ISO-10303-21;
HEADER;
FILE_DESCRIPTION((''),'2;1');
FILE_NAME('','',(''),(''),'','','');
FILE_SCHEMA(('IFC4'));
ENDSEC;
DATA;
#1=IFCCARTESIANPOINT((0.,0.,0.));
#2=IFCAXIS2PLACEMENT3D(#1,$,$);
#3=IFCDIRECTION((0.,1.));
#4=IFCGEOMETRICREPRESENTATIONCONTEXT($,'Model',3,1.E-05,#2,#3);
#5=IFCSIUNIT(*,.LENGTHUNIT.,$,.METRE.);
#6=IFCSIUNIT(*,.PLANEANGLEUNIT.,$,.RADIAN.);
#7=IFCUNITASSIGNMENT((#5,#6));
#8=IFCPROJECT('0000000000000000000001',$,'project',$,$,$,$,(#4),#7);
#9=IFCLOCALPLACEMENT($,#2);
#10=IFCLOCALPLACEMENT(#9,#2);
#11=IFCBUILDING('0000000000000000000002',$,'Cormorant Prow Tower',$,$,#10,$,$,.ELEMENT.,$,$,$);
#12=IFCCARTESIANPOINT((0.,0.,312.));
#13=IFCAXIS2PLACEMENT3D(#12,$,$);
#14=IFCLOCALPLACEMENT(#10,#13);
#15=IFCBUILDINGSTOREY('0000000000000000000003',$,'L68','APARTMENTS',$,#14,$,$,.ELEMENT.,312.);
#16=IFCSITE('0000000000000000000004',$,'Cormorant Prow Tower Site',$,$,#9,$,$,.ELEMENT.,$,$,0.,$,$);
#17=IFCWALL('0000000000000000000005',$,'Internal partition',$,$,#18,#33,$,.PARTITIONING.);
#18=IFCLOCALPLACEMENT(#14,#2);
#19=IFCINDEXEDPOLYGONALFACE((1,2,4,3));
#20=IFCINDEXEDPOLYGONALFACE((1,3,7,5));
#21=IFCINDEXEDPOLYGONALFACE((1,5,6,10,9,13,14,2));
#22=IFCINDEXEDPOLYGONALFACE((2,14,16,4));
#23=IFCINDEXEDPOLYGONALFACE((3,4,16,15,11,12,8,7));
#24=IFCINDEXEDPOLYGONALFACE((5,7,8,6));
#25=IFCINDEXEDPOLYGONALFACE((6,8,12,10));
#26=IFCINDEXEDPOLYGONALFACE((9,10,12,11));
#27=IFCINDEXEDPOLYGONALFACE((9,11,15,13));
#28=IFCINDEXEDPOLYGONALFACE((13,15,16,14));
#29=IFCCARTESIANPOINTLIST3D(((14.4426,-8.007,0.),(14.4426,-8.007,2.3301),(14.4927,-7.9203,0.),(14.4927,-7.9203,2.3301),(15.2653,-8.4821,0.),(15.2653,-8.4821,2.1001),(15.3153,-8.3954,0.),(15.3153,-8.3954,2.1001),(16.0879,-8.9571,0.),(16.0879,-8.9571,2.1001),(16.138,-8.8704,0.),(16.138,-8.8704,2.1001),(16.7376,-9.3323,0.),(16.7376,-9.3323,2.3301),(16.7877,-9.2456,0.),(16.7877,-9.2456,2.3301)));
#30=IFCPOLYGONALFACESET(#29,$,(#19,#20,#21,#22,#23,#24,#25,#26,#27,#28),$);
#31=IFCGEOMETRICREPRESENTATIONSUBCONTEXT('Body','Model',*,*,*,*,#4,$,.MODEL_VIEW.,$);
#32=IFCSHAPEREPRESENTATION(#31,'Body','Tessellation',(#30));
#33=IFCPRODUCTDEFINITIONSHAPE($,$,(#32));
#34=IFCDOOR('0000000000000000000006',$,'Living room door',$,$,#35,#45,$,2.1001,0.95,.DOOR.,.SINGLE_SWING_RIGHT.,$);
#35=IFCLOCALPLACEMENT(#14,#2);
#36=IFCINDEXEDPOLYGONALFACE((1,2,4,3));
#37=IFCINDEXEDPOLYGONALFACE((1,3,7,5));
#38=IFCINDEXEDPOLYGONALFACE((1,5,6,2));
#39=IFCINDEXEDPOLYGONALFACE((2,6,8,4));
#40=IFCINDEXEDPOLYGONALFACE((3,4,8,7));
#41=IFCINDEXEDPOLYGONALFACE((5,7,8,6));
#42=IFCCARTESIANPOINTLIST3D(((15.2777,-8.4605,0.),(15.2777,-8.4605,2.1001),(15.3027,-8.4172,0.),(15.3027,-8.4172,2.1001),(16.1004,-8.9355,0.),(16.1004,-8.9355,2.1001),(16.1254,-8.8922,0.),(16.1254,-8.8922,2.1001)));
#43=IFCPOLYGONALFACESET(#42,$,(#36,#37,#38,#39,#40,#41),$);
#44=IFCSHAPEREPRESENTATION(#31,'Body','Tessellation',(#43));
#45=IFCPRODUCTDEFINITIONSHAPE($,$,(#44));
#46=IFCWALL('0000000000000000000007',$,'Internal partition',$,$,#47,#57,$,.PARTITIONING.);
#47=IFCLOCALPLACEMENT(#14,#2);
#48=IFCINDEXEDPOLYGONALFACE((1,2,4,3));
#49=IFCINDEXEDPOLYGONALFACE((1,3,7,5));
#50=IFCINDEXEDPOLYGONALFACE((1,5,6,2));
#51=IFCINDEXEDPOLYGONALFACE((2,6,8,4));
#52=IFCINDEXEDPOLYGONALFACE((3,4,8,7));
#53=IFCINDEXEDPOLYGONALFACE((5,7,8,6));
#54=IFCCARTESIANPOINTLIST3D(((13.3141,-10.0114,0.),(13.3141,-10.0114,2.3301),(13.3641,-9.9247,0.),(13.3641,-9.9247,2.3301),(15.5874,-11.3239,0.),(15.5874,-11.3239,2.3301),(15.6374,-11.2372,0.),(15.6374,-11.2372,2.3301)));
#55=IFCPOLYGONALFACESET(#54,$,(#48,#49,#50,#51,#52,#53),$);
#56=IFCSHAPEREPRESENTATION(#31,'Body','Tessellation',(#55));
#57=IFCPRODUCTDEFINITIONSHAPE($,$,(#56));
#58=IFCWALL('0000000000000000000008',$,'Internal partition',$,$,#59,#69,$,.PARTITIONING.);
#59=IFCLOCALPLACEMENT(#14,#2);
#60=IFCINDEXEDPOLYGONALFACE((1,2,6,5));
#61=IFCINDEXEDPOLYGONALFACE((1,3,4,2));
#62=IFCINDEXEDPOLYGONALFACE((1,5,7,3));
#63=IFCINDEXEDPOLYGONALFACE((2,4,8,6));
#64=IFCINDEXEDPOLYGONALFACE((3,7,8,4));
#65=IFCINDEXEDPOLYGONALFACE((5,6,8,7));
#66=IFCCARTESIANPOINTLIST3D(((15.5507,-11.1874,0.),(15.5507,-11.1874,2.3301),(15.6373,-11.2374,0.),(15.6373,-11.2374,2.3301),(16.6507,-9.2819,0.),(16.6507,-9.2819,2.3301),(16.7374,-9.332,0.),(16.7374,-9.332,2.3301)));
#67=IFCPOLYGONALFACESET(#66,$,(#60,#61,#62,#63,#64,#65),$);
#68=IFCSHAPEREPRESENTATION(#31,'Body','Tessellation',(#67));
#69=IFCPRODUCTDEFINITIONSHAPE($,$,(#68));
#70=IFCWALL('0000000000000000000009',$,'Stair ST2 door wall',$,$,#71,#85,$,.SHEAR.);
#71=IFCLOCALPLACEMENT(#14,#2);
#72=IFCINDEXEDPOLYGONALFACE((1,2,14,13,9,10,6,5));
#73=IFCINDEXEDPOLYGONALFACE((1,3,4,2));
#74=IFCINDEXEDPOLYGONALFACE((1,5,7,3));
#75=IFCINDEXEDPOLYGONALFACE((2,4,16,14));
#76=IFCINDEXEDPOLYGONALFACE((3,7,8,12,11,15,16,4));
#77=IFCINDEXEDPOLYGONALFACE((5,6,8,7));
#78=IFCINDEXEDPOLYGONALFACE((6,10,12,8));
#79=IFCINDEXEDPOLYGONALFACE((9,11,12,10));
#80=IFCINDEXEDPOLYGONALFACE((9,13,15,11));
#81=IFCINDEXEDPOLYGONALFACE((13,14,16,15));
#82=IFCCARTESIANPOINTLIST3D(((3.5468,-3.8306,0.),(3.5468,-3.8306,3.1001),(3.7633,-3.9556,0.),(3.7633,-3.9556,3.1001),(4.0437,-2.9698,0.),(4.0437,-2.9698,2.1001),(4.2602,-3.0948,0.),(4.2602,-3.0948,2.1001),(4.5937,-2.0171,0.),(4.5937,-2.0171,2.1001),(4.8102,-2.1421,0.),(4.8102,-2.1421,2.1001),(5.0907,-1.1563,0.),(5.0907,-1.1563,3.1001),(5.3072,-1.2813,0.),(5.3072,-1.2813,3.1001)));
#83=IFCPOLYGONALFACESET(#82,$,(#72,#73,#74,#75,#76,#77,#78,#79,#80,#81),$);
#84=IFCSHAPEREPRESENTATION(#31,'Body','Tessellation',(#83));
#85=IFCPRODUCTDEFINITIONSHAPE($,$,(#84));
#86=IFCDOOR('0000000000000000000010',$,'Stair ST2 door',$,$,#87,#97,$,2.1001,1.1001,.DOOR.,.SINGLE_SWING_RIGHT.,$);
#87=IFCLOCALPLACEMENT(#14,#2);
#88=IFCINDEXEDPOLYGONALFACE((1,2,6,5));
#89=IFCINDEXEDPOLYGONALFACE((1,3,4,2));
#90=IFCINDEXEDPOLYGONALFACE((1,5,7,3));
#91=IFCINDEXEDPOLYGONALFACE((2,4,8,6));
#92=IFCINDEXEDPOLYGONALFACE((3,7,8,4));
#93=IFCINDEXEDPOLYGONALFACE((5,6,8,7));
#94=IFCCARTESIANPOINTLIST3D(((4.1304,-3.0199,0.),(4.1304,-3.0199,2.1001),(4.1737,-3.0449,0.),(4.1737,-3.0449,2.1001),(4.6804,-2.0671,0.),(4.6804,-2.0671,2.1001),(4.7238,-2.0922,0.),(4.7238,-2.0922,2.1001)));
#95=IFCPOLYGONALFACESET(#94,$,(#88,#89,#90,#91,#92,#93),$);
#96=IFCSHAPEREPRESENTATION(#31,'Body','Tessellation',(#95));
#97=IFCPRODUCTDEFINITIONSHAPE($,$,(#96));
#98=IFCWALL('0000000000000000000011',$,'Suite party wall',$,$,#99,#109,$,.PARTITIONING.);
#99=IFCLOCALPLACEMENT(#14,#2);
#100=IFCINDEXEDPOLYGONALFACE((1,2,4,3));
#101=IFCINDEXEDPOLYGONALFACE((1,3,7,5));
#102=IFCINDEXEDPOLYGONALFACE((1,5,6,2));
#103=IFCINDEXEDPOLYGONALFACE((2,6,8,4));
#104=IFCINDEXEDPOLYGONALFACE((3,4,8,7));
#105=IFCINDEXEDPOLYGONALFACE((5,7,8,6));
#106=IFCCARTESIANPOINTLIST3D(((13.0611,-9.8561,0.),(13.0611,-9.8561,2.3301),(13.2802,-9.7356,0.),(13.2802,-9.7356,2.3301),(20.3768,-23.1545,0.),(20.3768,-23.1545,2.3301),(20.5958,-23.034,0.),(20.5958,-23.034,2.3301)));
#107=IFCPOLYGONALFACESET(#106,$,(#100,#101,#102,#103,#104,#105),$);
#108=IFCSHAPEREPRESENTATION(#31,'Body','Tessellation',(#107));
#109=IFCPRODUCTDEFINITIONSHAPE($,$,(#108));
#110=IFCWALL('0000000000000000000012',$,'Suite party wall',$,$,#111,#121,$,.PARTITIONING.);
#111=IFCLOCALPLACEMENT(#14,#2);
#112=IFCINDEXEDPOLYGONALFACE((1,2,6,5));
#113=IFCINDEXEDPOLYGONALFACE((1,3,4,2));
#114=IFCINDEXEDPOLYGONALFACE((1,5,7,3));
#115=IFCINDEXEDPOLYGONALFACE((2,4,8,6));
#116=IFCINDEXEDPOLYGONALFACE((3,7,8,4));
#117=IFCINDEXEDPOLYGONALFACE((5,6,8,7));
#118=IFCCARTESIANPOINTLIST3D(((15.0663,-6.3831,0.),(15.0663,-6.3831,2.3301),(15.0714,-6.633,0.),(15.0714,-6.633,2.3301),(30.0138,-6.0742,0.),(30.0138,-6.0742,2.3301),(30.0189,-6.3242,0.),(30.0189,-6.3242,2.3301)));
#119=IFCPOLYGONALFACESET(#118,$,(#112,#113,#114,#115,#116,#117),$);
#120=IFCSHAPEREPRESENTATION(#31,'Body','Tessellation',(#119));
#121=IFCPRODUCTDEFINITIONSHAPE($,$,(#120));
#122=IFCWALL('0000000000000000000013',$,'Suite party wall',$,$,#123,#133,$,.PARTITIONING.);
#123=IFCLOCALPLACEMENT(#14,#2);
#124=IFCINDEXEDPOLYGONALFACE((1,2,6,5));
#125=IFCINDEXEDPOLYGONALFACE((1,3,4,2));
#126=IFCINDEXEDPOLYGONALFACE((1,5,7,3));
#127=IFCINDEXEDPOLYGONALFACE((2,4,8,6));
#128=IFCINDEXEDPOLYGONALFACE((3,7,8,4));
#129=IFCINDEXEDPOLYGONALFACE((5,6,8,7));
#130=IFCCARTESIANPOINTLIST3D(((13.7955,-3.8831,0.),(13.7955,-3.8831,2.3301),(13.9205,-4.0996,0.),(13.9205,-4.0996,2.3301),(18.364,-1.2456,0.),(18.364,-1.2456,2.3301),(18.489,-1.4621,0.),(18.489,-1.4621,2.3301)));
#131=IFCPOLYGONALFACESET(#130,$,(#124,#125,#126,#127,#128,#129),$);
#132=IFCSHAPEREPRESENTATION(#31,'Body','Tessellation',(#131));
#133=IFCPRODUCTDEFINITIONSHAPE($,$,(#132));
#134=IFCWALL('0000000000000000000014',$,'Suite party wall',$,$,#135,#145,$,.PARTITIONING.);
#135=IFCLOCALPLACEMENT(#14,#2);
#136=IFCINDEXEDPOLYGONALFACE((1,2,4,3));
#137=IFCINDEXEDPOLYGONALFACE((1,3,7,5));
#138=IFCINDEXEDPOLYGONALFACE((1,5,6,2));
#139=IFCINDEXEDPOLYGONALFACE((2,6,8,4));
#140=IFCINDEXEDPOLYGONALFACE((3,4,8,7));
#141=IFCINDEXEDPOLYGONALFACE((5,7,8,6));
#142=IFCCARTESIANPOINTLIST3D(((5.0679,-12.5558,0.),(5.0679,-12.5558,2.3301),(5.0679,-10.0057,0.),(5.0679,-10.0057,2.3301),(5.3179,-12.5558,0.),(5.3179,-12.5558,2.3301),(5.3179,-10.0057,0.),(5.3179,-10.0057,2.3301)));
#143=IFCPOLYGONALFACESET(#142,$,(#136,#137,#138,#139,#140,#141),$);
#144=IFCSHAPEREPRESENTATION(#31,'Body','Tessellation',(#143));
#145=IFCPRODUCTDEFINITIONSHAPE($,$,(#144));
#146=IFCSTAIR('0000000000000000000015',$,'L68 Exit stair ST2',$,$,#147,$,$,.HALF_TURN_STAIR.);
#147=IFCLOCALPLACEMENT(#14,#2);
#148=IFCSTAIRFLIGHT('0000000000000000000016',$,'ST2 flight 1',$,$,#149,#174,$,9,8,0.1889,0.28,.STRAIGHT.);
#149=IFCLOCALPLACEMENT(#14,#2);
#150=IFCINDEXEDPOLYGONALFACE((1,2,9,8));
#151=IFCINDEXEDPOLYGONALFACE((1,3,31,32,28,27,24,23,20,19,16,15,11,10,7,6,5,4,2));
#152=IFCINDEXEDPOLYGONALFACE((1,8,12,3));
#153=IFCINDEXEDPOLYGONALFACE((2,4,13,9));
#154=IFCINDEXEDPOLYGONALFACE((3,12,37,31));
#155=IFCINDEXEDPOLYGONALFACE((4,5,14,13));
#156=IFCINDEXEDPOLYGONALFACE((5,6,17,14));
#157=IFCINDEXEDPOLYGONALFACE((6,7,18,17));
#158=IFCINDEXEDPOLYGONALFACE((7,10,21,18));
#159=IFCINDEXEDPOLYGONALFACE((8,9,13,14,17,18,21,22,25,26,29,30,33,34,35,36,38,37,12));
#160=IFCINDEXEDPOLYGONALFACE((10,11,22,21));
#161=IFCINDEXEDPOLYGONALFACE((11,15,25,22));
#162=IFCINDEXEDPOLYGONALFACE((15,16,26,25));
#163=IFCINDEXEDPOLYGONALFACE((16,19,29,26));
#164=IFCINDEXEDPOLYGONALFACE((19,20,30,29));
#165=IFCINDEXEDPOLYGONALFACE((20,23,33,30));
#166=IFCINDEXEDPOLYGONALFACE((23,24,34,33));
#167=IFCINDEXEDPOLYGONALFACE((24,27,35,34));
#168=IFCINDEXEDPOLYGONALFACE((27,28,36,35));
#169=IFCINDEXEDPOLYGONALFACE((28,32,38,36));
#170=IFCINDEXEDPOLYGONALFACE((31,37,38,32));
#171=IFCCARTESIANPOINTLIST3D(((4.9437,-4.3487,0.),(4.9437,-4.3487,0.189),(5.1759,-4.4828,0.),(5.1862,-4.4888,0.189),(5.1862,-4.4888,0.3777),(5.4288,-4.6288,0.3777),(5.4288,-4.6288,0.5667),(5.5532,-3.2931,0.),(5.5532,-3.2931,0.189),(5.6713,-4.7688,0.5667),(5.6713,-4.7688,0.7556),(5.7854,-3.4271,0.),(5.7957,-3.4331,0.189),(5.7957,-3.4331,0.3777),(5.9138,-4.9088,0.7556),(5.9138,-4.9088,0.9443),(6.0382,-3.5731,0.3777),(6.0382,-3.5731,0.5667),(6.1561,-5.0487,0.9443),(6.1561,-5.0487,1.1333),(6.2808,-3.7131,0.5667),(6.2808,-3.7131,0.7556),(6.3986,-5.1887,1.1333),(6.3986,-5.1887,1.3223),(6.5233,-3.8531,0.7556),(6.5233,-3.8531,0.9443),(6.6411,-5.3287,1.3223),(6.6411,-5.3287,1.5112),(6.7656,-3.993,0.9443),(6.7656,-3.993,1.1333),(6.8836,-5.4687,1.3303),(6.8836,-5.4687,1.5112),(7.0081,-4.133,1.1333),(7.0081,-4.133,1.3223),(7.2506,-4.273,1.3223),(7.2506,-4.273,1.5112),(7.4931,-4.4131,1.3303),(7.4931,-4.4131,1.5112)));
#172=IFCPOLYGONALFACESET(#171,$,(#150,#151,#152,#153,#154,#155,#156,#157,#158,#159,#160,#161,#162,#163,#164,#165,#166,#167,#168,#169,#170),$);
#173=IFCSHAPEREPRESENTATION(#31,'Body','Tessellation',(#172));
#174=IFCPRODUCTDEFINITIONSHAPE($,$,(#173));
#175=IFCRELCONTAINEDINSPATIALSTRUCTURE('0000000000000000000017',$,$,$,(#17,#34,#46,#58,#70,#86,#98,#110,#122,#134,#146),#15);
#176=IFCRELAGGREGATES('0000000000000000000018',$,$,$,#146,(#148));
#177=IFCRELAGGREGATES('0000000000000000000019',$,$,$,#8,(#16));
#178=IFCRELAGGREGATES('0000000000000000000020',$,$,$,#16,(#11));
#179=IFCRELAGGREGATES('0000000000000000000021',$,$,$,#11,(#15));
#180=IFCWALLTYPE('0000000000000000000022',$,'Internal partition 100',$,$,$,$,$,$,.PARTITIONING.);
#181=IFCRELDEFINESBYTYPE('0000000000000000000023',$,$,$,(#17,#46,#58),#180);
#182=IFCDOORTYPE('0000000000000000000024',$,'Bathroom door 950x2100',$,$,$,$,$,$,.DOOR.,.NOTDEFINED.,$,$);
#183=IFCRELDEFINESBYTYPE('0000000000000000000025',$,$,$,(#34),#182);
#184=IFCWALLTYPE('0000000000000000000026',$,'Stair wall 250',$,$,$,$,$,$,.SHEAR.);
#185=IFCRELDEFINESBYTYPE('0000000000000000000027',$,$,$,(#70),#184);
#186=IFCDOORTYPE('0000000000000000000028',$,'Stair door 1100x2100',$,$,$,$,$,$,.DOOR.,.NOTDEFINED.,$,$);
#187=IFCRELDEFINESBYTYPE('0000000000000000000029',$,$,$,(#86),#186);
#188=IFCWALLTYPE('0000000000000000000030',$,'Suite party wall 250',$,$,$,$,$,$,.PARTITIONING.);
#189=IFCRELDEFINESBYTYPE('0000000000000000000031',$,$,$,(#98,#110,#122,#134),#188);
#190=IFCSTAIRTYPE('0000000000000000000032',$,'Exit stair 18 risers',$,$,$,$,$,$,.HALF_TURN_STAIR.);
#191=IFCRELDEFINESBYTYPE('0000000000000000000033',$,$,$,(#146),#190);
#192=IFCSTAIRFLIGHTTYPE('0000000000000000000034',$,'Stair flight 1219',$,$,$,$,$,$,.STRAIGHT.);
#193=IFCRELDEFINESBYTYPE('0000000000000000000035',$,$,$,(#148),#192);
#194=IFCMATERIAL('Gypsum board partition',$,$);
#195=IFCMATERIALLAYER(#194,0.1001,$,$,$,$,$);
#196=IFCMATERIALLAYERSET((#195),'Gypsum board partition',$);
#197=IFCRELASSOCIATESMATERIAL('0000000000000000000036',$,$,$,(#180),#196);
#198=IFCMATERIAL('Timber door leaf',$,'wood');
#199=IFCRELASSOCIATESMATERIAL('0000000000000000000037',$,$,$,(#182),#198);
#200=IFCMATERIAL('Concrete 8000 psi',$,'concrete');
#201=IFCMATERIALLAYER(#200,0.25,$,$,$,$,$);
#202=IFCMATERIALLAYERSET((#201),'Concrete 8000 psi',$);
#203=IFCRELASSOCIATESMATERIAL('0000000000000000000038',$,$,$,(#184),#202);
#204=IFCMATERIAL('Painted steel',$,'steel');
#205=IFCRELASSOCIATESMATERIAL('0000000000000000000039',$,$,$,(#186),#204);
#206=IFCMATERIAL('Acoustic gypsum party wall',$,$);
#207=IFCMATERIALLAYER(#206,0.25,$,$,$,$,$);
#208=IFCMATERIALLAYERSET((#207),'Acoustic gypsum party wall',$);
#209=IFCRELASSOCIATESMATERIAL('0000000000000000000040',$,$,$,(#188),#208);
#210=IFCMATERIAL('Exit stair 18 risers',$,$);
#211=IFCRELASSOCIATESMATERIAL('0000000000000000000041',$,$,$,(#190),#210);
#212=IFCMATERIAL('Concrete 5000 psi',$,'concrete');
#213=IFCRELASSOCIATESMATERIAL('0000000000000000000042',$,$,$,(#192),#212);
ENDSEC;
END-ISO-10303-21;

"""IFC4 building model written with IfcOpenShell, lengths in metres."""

from ifc_helpers import new_model, si_unit, direction, frame, frame_2d, origin, place, context, subcontext, project, spatial, polyline, rectangle, outline, extrude, material, layer, layer_set, type_object, element, fill, aggregate, save


model = new_model("IFC4")

# Units and contexts
model_context = context("Model", 3, precision=1e-05, world=origin(), true_north=direction((0.0, 1.0)))
body_context = subcontext(model_context, "Body", "Model", "MODEL_VIEW")
ifc_project = project(units=[si_unit("LENGTHUNIT", "METRE"), si_unit("PLANEANGLEUNIT", "RADIAN")], contexts=[model_context])

# Site, building, storey
site_placement = place(None, origin())
site = spatial("IfcSite", under=ifc_project, at=site_placement, Name="Cormorant Prow Tower Site", CompositionType="ELEMENT", RefElevation=0.0)
building_placement = place(site_placement, origin())
building = spatial("IfcBuilding", under=site, at=building_placement, Name="Cormorant Prow Tower", CompositionType="ELEMENT")
storey_placement = place(building_placement, frame((0.0, 0.0, 312.0)))
storey = spatial("IfcBuildingStorey", under=building, at=storey_placement, Name="L68", Description="APARTMENTS", CompositionType="ELEMENT", Elevation=312.0)

# Shared definitions
ifc_material_1 = material(Name="Gypsum board partition")
ifc_layer_1 = layer(ifc_material_1, 0.1001)
ifc_layer_set_1 = layer_set([ifc_layer_1], Name="Gypsum board partition")
wall_type_1 = type_object("IfcWallType", Name="Internal partition 100", PredefinedType="PARTITIONING", material=ifc_layer_set_1)

# Wall, opening, door
wall_1_placement = place(storey_placement, frame((14.4675, -7.9636, 0.0), z_axis=(0.0, 0.0, 1.0), x_axis=(0.865989, -0.500063, 0.0)))
wall_1 = element("IfcWall", 1, at=wall_1_placement, inside=storey, type_object=wall_type_1, Name="Internal partition", PredefinedType="PARTITIONING", context=body_context, shape_type="SweptSolid", body=[
    extrude(rectangle(XDim=2.6501, YDim=0.1001, at=frame_2d((1.3252, 0.0))), origin(), (0.0, 0.0, 1.0), 2.3301),
])
opening_1_placement = place(wall_1_placement, frame((0.95, 0.0, 0.0)))
opening_1 = element("IfcOpeningElement", 2, at=opening_1_placement, cuts=wall_1, PredefinedType="OPENING", context=body_context, shape_type="SweptSolid", body=[
    extrude(rectangle(XDim=0.95, YDim=2.1001, at=frame_2d((0.4751, 1.05))), frame((0.0, 0.0601, 0.0), z_axis=(0.0, -1.0, 0.0), x_axis=(1.0, 0.0, 0.0)), (0.0, 0.0, 1.0), 0.1201),
])
ifc_material_2 = material(Name="Timber door leaf", Category="wood")
door_type_1 = type_object("IfcDoorType", Name="Bathroom door 950x2100", OperationType="NOTDEFINED", PredefinedType="DOOR", material=ifc_material_2)
door_1_placement = place(opening_1_placement, origin())
door_1 = element("IfcDoor", 3, at=door_1_placement, inside=storey, type_object=door_type_1, Name="Living room door", OperationType="SINGLE_SWING_RIGHT", OverallHeight=2.1001, OverallWidth=0.95, PredefinedType="DOOR", context=body_context, shape_type="SweptSolid", body=[
    extrude(rectangle(XDim=0.95, YDim=2.1001, at=frame_2d((0.4751, 1.05))), frame((0.0, 0.0249, 0.0), z_axis=(0.0, -1.0, 0.0), x_axis=(1.0, 0.0, 0.0)), (0.0, 0.0, 1.0), 0.05),
])
fill(opening_1, door_1)

# Walls
wall_2_placement = place(storey_placement, frame((13.3391, -9.968, 0.0), z_axis=(0.0, 0.0, 1.0), x_axis=(0.866014, -0.50002, 0.0)))
element("IfcWall", 4, at=wall_2_placement, inside=storey, type_object=wall_type_1, Name="Internal partition", PredefinedType="PARTITIONING", context=body_context, shape_type="SweptSolid", body=[
    extrude(rectangle(XDim=2.625, YDim=0.1001, at=frame_2d((1.3125, 0.0))), origin(), (0.0, 0.0, 1.0), 2.3301),
])
wall_3_placement = place(storey_placement, frame((15.594, -11.2124, 0.0), z_axis=(0.0, 0.0, 1.0), x_axis=(0.499982, 0.866036, 0.0)))
element("IfcWall", 5, at=wall_3_placement, inside=storey, type_object=wall_type_1, Name="Internal partition", PredefinedType="PARTITIONING", context=body_context, shape_type="SweptSolid", body=[
    extrude(rectangle(XDim=2.2002, YDim=0.1001, at=frame_2d((1.1001, 0.0))), origin(), (0.0, 0.0, 1.0), 2.3301),
])

# Wall, opening, door
ifc_material_3 = material(Name="Concrete 8000 psi", Category="concrete")
ifc_layer_2 = layer(ifc_material_3, 0.25)
ifc_layer_set_2 = layer_set([ifc_layer_2], Name="Concrete 8000 psi")
wall_type_2 = type_object("IfcWallType", Name="Stair wall 250", PredefinedType="SHEAR", material=ifc_layer_set_2)
wall_4_placement = place(storey_placement, frame((3.655, -3.8931, 0.0), z_axis=(0.0, 0.0, 1.0), x_axis=(0.499983, 0.866035, 0.0)))
wall_4 = element("IfcWall", 6, at=wall_4_placement, inside=storey, type_object=wall_type_2, Name="Stair ST2 door wall", PredefinedType="SHEAR", context=body_context, shape_type="SweptSolid", body=[
    extrude(rectangle(XDim=3.0879, YDim=0.25, at=frame_2d((1.5439, 0.0))), origin(), (0.0, 0.0, 1.0), 3.1001),
])
opening_2_placement = place(wall_4_placement, frame((0.9939, 0.0, 0.0)))
opening_2 = element("IfcOpeningElement", 7, at=opening_2_placement, cuts=wall_4, PredefinedType="OPENING", context=body_context, shape_type="SweptSolid", body=[
    extrude(rectangle(XDim=1.1001, YDim=2.1001, at=frame_2d((0.55, 1.05))), frame((0.0, 0.135, 0.0), z_axis=(0.0, -1.0, 0.0), x_axis=(1.0, 0.0, 0.0)), (0.0, 0.0, 1.0), 0.27),
])
ifc_material_4 = material(Name="Painted steel", Category="steel")
door_type_2 = type_object("IfcDoorType", Name="Stair door 1100x2100", OperationType="NOTDEFINED", PredefinedType="DOOR", material=ifc_material_4)
door_2_placement = place(opening_2_placement, origin())
door_2 = element("IfcDoor", 8, at=door_2_placement, inside=storey, type_object=door_type_2, Name="Stair ST2 door", OperationType="SINGLE_SWING_RIGHT", OverallHeight=2.1001, OverallWidth=1.1001, PredefinedType="DOOR", context=body_context, shape_type="SweptSolid", body=[
    extrude(rectangle(XDim=1.1001, YDim=2.1001, at=frame_2d((0.55, 1.05))), frame((0.0, 0.0249, 0.0), z_axis=(0.0, -1.0, 0.0), x_axis=(1.0, 0.0, 0.0)), (0.0, 0.0, 1.0), 0.05),
])
fill(opening_2, door_2)

# Walls
ifc_material_5 = material(Name="Acoustic gypsum party wall")
ifc_layer_3 = layer(ifc_material_5, 0.25)
ifc_layer_set_3 = layer_set([ifc_layer_3], Name="Acoustic gypsum party wall")
wall_type_3 = type_object("IfcWallType", Name="Suite party wall 250", PredefinedType="PARTITIONING", material=ifc_layer_set_3)
wall_5_placement = place(storey_placement, frame((13.1707, -9.7959, 0.0), z_axis=(0.0, 0.0, 1.0), x_axis=(0.481999, -0.876172, 0.0)))
element("IfcWall", 9, at=wall_5_placement, inside=storey, type_object=wall_type_3, Name="Suite party wall", PredefinedType="PARTITIONING", context=body_context, shape_type="SweptSolid", body=[
    extrude(rectangle(XDim=15.1777, YDim=0.25, at=frame_2d((7.5889, 0.0))), origin(), (0.0, 0.0, 1.0), 2.3301),
])
wall_6_placement = place(storey_placement, frame((15.0688, -6.5081, 0.0), z_axis=(0.0, 0.0, 1.0), x_axis=(0.999787, 0.020657, 0.0)))
element("IfcWall", 10, at=wall_6_placement, inside=storey, type_object=wall_type_3, Name="Suite party wall", PredefinedType="PARTITIONING", context=body_context, shape_type="SweptSolid", body=[
    extrude(rectangle(XDim=14.9507, YDim=0.25, at=frame_2d((7.4753, 0.0))), origin(), (0.0, 0.0, 1.0), 2.3301),
])
wall_7_placement = place(storey_placement, frame((13.8579, -3.9915, 0.0), z_axis=(0.0, 0.0, 1.0), x_axis=(0.866033, 0.499987, 0.0)))
element("IfcWall", 11, at=wall_7_placement, inside=storey, type_object=wall_type_3, Name="Suite party wall", PredefinedType="PARTITIONING", context=body_context, shape_type="SweptSolid", body=[
    extrude(rectangle(XDim=5.2751, YDim=0.25, at=frame_2d((2.6377, 0.0))), origin(), (0.0, 0.0, 1.0), 2.3301),
])
wall_8_placement = place(storey_placement, frame((5.1929, -12.5557, 0.0), z_axis=(0.0, 0.0, 1.0), x_axis=(0.0, 1.0, 0.0)))
element("IfcWall", 12, at=wall_8_placement, inside=storey, type_object=wall_type_3, Name="Suite party wall", PredefinedType="PARTITIONING", context=body_context, shape_type="SweptSolid", body=[
    extrude(rectangle(XDim=2.55, YDim=0.25, at=frame_2d((1.2749, 0.0))), origin(), (0.0, 0.0, 1.0), 2.3301),
])

# Stair, stair flight
ifc_material_6 = material(Name="Exit stair 18 risers")
stair_type = type_object("IfcStairType", Name="Exit stair 18 risers", PredefinedType="HALF_TURN_STAIR", material=ifc_material_6)
stair_placement = place(storey_placement, origin())
stair = element("IfcStair", 13, at=stair_placement, inside=storey, type_object=stair_type, Name="L68 Exit stair ST2", PredefinedType="HALF_TURN_STAIR")
ifc_material_7 = material(Name="Concrete 5000 psi", Category="concrete")
stair_flight_type = type_object("IfcStairFlightType", Name="Stair flight 1219", PredefinedType="STRAIGHT", material=ifc_material_7)
stair_flight_1_placement = place(storey_placement, frame((5.2485, -3.8208, 0.0), z_axis=(0.0, 0.0, 1.0), x_axis=(0.866025, -0.5, 0.0)))
stair_flight_1 = element("IfcStairFlight", 14, at=stair_flight_1_placement, type_object=stair_flight_type, Name="ST2 flight 1", NumberOfRisers=9, NumberOfTreads=8, PredefinedType="STRAIGHT", RiserHeight=0.1889, TreadLength=0.28, context=body_context, shape_type="SweptSolid", body=[
    extrude(outline(polyline([(0.0, 0.0), (0.0, 0.189), (0.28, 0.189), (0.28, 0.3777), (0.5601, 0.3777), (0.5601, 0.5667), (0.8401, 0.5667), (0.8401, 0.7556), (1.1201, 0.7556), (1.1201, 0.9443), (1.3999, 0.9443), (1.3999, 1.1333), (1.6799, 1.1333), (1.6799, 1.3223), (1.96, 1.3223), (1.96, 1.5112), (2.24, 1.5112), (2.24, 1.7), (2.24, 1.3303), (0.2681, 0.0), (0.0, 0.0)])), frame((0.0, 0.6094, 0.0), z_axis=(0.0, -1.0, 0.0), x_axis=(1.0, 0.0, 0.0)), (0.0, 0.0, 1.0), 1.219),
])
aggregate(stair, [stair_flight_1])

save(model, "model.ifc")
